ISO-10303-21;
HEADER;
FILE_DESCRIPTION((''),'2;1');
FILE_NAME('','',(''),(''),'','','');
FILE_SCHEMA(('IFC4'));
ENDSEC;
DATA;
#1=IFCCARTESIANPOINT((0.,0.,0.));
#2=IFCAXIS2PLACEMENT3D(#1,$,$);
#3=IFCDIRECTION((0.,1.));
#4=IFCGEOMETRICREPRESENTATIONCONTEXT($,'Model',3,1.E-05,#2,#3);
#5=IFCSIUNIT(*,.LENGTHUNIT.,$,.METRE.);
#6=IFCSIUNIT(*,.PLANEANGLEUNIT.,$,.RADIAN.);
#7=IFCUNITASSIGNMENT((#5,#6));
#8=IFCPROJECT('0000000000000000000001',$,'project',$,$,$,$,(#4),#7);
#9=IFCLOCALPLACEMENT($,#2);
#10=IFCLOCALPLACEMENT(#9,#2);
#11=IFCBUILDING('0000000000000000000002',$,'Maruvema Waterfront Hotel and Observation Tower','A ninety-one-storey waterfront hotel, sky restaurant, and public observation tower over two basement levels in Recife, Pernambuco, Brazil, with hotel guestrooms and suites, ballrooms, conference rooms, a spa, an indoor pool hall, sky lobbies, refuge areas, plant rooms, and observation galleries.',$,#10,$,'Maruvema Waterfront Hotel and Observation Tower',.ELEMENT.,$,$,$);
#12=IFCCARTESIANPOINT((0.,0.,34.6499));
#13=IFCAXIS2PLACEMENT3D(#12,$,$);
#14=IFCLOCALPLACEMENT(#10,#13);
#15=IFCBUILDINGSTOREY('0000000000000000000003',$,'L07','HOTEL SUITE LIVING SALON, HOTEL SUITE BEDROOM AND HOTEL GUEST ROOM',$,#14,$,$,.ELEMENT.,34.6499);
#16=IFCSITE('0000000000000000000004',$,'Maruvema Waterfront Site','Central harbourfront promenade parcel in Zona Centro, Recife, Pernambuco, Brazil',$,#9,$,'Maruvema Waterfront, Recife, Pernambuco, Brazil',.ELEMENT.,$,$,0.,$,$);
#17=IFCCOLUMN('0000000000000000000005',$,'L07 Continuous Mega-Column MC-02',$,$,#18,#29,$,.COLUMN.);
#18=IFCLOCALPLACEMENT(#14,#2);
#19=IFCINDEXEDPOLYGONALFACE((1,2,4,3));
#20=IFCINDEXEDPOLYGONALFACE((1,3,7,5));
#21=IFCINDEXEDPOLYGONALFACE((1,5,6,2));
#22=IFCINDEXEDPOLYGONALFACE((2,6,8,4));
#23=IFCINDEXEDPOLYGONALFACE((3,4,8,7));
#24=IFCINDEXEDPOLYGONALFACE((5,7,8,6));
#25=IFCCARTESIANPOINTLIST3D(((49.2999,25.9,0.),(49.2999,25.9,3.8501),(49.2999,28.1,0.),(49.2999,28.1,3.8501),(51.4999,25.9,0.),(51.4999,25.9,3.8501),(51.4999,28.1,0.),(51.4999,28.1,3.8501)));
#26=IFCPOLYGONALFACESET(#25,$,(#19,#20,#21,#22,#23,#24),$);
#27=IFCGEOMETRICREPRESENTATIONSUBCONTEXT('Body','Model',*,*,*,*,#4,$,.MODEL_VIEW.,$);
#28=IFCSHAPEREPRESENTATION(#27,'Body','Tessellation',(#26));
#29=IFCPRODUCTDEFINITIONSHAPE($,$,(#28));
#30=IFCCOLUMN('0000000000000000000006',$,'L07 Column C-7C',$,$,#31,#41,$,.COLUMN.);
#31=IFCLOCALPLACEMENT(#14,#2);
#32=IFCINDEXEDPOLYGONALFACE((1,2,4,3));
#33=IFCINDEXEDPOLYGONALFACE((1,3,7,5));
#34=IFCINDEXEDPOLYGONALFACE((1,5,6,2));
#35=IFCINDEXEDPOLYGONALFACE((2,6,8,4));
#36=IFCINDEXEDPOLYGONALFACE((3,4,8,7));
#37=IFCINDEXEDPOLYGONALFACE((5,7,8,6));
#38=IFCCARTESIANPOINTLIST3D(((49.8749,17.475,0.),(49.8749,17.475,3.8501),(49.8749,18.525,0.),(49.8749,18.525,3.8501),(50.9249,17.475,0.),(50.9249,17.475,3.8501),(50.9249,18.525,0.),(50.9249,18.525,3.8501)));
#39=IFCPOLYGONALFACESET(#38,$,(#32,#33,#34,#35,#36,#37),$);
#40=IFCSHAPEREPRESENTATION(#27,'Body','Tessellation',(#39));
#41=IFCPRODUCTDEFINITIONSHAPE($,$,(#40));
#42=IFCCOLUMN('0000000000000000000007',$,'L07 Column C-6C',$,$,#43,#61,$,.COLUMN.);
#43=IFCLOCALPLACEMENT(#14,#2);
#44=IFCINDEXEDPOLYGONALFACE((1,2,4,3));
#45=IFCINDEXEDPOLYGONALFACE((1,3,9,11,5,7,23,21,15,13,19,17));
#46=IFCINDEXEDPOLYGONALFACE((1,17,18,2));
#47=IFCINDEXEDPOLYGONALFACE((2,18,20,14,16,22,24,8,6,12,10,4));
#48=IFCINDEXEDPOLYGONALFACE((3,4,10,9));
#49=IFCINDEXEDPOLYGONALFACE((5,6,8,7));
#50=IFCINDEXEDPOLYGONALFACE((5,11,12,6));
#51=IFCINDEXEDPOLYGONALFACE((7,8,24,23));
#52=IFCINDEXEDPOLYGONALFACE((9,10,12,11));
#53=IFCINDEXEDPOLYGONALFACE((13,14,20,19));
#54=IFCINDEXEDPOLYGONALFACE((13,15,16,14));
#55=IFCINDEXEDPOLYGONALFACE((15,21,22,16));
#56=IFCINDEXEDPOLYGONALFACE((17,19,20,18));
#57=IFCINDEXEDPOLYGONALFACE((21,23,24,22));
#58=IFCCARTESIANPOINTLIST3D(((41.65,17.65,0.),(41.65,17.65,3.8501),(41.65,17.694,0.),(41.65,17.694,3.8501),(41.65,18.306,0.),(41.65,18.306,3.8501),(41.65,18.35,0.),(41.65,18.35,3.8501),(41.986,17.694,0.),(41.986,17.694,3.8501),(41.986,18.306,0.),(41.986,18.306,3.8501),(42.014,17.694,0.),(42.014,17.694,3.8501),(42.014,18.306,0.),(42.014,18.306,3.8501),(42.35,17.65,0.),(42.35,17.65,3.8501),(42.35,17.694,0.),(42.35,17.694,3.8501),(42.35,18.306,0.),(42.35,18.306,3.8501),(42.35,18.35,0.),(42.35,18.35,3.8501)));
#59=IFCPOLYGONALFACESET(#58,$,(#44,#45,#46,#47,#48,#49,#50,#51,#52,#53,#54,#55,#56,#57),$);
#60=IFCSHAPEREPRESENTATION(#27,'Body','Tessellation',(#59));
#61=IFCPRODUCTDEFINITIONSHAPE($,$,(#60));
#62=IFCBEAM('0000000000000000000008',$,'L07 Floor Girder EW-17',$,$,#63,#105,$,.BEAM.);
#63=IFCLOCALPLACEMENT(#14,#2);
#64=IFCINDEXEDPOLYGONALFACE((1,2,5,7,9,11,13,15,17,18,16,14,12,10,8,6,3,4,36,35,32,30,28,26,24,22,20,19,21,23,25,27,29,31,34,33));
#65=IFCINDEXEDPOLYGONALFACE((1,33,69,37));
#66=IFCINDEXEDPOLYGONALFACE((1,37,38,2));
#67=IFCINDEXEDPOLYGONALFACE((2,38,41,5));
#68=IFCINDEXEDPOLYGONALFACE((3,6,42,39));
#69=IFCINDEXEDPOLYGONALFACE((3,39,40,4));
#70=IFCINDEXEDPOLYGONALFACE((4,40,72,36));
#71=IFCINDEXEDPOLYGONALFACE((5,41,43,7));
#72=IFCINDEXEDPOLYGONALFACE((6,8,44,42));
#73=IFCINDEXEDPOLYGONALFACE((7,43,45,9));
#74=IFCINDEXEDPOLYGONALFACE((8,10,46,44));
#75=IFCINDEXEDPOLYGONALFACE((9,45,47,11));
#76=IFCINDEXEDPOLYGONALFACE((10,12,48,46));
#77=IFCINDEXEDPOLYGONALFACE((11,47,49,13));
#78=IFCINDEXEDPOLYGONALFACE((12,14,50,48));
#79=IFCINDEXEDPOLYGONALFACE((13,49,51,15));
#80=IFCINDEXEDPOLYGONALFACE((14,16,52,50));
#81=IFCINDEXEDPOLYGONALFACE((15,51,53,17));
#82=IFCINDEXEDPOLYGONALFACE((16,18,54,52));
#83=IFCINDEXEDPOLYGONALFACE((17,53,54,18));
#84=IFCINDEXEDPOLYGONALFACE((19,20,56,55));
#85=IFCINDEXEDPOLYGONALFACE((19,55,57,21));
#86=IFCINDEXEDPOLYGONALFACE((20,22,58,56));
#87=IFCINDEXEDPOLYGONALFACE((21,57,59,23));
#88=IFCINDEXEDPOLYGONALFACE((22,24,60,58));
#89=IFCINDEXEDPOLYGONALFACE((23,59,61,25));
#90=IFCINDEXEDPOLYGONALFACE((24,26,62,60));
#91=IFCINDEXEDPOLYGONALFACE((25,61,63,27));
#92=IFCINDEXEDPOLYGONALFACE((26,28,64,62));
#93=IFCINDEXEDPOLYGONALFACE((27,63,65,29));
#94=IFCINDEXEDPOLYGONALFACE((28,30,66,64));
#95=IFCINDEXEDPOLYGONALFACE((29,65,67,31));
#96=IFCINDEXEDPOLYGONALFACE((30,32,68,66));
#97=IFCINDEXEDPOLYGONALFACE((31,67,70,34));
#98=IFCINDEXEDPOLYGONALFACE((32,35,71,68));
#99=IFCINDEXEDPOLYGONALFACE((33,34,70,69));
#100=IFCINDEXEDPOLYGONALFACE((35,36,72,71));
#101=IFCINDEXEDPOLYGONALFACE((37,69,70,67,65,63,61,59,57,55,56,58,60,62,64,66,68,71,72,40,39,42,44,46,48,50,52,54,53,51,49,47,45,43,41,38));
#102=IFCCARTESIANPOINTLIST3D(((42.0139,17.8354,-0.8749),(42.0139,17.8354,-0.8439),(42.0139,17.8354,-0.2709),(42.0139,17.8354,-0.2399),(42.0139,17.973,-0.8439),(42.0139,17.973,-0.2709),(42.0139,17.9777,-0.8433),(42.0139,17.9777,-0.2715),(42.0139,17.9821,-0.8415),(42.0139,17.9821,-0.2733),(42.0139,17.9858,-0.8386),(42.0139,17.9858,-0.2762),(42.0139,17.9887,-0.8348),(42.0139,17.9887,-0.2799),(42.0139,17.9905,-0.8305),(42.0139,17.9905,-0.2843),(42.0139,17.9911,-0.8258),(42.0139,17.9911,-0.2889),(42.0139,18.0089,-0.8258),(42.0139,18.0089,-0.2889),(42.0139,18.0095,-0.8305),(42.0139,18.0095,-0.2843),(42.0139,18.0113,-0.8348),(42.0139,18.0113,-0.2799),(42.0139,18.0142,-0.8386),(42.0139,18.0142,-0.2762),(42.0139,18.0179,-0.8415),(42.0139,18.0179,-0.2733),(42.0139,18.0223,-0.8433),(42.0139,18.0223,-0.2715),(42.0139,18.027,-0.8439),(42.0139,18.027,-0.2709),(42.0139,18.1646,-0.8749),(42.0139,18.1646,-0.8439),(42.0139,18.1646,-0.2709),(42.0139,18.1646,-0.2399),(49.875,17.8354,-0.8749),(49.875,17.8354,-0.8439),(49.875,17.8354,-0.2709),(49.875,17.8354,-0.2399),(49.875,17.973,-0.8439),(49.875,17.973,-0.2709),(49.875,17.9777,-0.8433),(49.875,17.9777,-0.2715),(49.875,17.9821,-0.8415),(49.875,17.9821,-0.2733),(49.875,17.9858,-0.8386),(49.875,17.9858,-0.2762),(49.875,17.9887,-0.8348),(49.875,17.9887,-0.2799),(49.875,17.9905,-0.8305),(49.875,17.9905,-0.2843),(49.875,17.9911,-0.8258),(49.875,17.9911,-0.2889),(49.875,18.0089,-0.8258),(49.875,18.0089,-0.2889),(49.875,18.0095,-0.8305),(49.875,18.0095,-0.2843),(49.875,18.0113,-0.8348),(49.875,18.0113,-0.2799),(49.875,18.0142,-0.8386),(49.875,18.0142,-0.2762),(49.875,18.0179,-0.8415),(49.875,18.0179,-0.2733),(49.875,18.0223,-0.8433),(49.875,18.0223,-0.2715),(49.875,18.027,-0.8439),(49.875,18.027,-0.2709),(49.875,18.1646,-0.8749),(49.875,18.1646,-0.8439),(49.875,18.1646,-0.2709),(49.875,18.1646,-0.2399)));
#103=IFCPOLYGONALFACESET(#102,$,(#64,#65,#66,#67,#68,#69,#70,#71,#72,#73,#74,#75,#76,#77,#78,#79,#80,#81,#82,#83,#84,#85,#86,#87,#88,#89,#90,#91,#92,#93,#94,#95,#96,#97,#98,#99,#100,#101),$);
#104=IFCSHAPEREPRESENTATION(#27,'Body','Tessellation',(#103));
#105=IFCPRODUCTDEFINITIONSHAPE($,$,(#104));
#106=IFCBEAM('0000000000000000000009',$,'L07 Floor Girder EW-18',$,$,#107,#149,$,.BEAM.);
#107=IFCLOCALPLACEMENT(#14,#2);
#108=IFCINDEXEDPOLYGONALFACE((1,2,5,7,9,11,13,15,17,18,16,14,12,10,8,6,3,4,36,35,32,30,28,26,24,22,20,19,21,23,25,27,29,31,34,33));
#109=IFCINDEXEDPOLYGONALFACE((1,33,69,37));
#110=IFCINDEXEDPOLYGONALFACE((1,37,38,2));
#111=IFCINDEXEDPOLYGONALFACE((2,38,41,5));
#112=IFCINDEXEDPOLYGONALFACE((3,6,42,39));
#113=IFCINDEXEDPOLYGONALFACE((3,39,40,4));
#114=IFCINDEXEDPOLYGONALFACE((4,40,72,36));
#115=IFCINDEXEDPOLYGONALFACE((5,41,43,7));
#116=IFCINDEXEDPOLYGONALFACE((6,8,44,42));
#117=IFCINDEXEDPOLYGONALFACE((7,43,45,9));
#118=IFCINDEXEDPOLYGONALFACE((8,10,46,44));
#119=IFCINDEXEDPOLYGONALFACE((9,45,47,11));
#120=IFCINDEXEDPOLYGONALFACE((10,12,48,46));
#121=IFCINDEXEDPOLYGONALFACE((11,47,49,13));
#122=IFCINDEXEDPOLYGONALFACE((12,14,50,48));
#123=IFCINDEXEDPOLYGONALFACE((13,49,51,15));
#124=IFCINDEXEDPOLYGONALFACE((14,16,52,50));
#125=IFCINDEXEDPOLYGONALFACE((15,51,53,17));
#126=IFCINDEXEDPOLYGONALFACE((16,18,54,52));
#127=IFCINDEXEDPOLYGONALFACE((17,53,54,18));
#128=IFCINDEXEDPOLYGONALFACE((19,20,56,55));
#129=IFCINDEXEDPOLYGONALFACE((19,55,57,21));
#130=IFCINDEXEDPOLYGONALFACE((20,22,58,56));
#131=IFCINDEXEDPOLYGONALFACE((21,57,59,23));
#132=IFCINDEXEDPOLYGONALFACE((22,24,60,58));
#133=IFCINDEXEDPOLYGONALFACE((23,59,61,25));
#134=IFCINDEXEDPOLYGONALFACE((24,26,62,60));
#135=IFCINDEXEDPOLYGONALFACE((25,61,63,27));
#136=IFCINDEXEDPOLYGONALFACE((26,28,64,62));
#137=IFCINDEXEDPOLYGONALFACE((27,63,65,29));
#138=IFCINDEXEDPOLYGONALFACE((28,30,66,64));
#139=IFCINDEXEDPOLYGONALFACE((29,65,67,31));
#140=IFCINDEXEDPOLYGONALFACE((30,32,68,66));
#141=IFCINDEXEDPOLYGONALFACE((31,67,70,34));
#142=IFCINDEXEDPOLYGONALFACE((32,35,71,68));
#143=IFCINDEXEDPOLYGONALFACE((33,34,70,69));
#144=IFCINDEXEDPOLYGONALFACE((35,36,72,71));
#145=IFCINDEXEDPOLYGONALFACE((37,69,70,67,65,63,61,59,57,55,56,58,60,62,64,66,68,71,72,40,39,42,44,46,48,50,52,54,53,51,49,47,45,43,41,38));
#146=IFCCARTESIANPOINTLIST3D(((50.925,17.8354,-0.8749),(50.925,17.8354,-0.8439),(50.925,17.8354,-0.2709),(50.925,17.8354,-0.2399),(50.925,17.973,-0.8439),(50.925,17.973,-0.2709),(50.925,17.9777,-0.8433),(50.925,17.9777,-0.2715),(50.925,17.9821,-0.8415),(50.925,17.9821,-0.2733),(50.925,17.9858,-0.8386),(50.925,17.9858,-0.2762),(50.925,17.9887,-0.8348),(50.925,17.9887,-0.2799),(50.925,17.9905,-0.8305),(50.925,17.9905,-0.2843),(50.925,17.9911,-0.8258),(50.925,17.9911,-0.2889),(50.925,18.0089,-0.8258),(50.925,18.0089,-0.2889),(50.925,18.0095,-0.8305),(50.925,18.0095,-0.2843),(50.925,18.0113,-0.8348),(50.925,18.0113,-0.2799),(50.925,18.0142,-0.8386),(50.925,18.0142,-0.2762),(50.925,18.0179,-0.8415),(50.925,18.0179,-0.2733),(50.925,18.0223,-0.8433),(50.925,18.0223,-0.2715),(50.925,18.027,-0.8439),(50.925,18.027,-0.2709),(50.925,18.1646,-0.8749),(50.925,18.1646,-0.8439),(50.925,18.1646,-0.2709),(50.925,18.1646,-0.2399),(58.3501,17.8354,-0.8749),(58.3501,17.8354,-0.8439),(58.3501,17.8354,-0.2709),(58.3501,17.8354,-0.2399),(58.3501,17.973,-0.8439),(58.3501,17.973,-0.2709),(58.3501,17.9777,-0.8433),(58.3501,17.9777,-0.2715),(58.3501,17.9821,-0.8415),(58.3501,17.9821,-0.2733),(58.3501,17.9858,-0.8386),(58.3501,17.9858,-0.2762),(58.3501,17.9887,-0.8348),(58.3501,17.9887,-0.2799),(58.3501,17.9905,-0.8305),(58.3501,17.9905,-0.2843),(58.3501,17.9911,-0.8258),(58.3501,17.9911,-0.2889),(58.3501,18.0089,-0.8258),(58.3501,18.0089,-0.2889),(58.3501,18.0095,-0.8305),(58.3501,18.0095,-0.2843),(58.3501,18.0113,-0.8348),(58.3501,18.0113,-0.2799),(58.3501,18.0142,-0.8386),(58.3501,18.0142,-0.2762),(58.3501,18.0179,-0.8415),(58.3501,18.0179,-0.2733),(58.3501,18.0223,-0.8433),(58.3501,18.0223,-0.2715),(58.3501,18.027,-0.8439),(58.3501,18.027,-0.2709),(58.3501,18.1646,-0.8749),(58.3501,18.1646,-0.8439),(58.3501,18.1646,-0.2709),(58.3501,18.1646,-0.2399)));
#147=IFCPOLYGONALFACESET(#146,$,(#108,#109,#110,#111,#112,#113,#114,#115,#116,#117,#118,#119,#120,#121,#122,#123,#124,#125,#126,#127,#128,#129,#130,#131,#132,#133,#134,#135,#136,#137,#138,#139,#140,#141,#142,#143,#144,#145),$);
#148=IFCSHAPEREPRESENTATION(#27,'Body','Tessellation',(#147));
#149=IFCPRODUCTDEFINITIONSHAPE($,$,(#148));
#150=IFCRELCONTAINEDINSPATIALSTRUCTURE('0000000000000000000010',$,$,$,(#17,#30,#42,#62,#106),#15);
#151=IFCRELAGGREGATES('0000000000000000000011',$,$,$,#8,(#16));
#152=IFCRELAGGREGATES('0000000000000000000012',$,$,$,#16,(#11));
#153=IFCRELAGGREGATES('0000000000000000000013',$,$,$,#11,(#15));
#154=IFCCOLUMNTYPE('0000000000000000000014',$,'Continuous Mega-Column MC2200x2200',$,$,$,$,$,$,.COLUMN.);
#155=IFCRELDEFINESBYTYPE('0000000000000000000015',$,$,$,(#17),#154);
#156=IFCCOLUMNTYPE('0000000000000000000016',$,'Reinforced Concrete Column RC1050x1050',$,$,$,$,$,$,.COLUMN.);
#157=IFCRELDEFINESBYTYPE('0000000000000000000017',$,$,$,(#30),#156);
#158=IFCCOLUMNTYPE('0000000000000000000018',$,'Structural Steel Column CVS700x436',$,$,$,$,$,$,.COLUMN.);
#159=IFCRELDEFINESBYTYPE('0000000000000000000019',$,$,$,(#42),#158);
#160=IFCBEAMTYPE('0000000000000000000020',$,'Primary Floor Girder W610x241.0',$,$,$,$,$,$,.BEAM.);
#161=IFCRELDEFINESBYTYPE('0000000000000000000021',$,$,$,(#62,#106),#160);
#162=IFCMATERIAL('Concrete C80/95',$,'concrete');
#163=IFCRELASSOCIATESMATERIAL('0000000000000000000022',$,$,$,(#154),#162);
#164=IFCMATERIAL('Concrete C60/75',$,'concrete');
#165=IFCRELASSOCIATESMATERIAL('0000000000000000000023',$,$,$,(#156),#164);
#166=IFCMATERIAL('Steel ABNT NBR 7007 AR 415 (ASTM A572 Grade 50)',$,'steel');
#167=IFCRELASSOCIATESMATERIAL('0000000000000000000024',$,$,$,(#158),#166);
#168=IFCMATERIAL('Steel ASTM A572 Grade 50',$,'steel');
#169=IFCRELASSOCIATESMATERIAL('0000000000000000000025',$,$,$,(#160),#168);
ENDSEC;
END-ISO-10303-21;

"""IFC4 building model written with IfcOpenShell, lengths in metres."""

from ifc_helpers import new_model, si_unit, direction, frame, origin, origin_2d, place, context, subcontext, project, spatial, rectangle, i_section, extrude, material, material_profile, profile_set, type_object, element, save


model = new_model("IFC4")

# Units and contexts
model_context = context("Model", 3, precision=1e-05, world=origin(), true_north=direction((0.0, 1.0)))
body_context = subcontext(model_context, "Body", "Model", "MODEL_VIEW")
ifc_project = project(units=[si_unit("LENGTHUNIT", "METRE"), si_unit("PLANEANGLEUNIT", "RADIAN")], contexts=[model_context])

# Site, building, storey
site_placement = place(None, origin())
site = spatial("IfcSite", under=ifc_project, at=site_placement, Name="Maruvema Waterfront Site", Description="Central harbourfront promenade parcel in Zona Centro, Recife, Pernambuco, Brazil", LongName="Maruvema Waterfront, Recife, Pernambuco, Brazil", CompositionType="ELEMENT", RefElevation=0.0)
building_placement = place(site_placement, origin())
building = spatial("IfcBuilding", under=site, at=building_placement, Name="Maruvema Waterfront Hotel and Observation Tower", Description="A ninety-one-storey waterfront hotel, sky restaurant, and public observation tower over two basement levels in Recife, Pernambuco, Brazil, with hotel guestrooms and suites, ballrooms, conference rooms, a spa, an indoor pool hall, sky lobbies, refuge areas, plant rooms, and observation galleries.", LongName="Maruvema Waterfront Hotel and Observation Tower", CompositionType="ELEMENT")
storey_placement = place(building_placement, frame((0.0, 0.0, 34.6499)))
storey = spatial("IfcBuildingStorey", under=building, at=storey_placement, Name="L07", Description="HOTEL SUITE LIVING SALON, HOTEL SUITE BEDROOM AND HOTEL GUEST ROOM", CompositionType="ELEMENT", Elevation=34.6499)

# Columns
ifc_material_1 = material(Name="Concrete C80/95", Category="concrete")
ifc_material_profile_1 = material_profile(ifc_material_1, rectangle(XDim=2.2, YDim=2.2, at=origin_2d()), Name="MC2200x2200")
ifc_profile_set_1 = profile_set([ifc_material_profile_1], Name="Concrete C80/95")
column_type_1 = type_object("IfcColumnType", Name="Continuous Mega-Column MC2200x2200", PredefinedType="COLUMN", material=ifc_profile_set_1)
column_1_placement = place(storey_placement, frame((50.3999, 27.0, 0.0), z_axis=(0.0, 0.0, 1.0), x_axis=(1.0, 0.0, 0.0)))
element("IfcColumn", 1, at=column_1_placement, inside=storey, type_object=column_type_1, Name="L07 Continuous Mega-Column MC-02", PredefinedType="COLUMN", context=body_context, shape_type="SweptSolid", body=[
    extrude(rectangle(XDim=2.2, YDim=2.2, at=origin_2d()), origin(), (0.0, 0.0, 1.0), 3.8501),
])
ifc_material_2 = material(Name="Concrete C60/75", Category="concrete")
ifc_material_profile_2 = material_profile(ifc_material_2, rectangle(XDim=1.05, YDim=1.05, at=origin_2d()), Name="RC1050x1050")
ifc_profile_set_2 = profile_set([ifc_material_profile_2], Name="Concrete C60/75")
column_type_2 = type_object("IfcColumnType", Name="Reinforced Concrete Column RC1050x1050", PredefinedType="COLUMN", material=ifc_profile_set_2)
column_2_placement = place(storey_placement, frame((50.3999, 18.0, 0.0), z_axis=(0.0, 0.0, 1.0), x_axis=(1.0, 0.0, 0.0)))
element("IfcColumn", 2, at=column_2_placement, inside=storey, type_object=column_type_2, Name="L07 Column C-7C", PredefinedType="COLUMN", context=body_context, shape_type="SweptSolid", body=[
    extrude(rectangle(XDim=1.05, YDim=1.05, at=origin_2d()), origin(), (0.0, 0.0, 1.0), 3.8501),
])
ifc_material_3 = material(Name="Steel ABNT NBR 7007 AR 415 (ASTM A572 Grade 50)", Category="steel")
ifc_material_profile_3 = material_profile(ifc_material_3, i_section(OverallWidth=0.7, OverallDepth=0.7, WebThickness=0.0281, FlangeThickness=0.0439, at=origin_2d()), Name="CVS700x436")
ifc_profile_set_3 = profile_set([ifc_material_profile_3], Name="Steel ABNT NBR 7007 AR 415 (ASTM A572 Grade 50)")
column_type_3 = type_object("IfcColumnType", Name="Structural Steel Column CVS700x436", PredefinedType="COLUMN", material=ifc_profile_set_3)
column_3_placement = place(storey_placement, frame((42.0, 18.0, 0.0), z_axis=(0.0, 0.0, 1.0), x_axis=(1.0, 0.0, 0.0)))
element("IfcColumn", 3, at=column_3_placement, inside=storey, type_object=column_type_3, Name="L07 Column C-6C", PredefinedType="COLUMN", context=body_context, shape_type="SweptSolid", body=[
    extrude(i_section(OverallWidth=0.7, OverallDepth=0.7, WebThickness=0.0281, FlangeThickness=0.0439, at=origin_2d()), origin(), (0.0, 0.0, 1.0), 3.8501),
])

# Beams
ifc_material_4 = material(Name="Steel ASTM A572 Grade 50", Category="steel")
ifc_material_profile_4 = material_profile(ifc_material_4, i_section(OverallWidth=0.3291, OverallDepth=0.635, WebThickness=0.0178, FlangeThickness=0.031, FilletRadius=0.0181, at=origin_2d()), Name="W610x241.0")
ifc_profile_set_4 = profile_set([ifc_material_profile_4], Name="Steel ASTM A572 Grade 50")
beam_type = type_object("IfcBeamType", Name="Primary Floor Girder W610x241.0", PredefinedType="BEAM", material=ifc_profile_set_4)
beam_1_placement = place(storey_placement, frame((42.0139, 18.0, -0.5574), z_axis=(1.0, 0.0, 0.0), x_axis=(0.0, 1.0, 0.0)))
element("IfcBeam", 4, at=beam_1_placement, inside=storey, type_object=beam_type, Name="L07 Floor Girder EW-17", PredefinedType="BEAM", context=body_context, shape_type="SweptSolid", body=[
    extrude(i_section(OverallWidth=0.3291, OverallDepth=0.635, WebThickness=0.0178, FlangeThickness=0.031, FilletRadius=0.0181, at=origin_2d()), origin(), (0.0, 0.0, 1.0), 7.8611),
])
beam_2_placement = place(storey_placement, frame((50.925, 18.0, -0.5574), z_axis=(1.0, 0.0, 0.0), x_axis=(0.0, 1.0, 0.0)))
element("IfcBeam", 5, at=beam_2_placement, inside=storey, type_object=beam_type, Name="L07 Floor Girder EW-18", PredefinedType="BEAM", context=body_context, shape_type="SweptSolid", body=[
    extrude(i_section(OverallWidth=0.3291, OverallDepth=0.635, WebThickness=0.0178, FlangeThickness=0.031, FilletRadius=0.0181, at=origin_2d()), origin(), (0.0, 0.0, 1.0), 7.425),
])

save(model, "model.ifc")
